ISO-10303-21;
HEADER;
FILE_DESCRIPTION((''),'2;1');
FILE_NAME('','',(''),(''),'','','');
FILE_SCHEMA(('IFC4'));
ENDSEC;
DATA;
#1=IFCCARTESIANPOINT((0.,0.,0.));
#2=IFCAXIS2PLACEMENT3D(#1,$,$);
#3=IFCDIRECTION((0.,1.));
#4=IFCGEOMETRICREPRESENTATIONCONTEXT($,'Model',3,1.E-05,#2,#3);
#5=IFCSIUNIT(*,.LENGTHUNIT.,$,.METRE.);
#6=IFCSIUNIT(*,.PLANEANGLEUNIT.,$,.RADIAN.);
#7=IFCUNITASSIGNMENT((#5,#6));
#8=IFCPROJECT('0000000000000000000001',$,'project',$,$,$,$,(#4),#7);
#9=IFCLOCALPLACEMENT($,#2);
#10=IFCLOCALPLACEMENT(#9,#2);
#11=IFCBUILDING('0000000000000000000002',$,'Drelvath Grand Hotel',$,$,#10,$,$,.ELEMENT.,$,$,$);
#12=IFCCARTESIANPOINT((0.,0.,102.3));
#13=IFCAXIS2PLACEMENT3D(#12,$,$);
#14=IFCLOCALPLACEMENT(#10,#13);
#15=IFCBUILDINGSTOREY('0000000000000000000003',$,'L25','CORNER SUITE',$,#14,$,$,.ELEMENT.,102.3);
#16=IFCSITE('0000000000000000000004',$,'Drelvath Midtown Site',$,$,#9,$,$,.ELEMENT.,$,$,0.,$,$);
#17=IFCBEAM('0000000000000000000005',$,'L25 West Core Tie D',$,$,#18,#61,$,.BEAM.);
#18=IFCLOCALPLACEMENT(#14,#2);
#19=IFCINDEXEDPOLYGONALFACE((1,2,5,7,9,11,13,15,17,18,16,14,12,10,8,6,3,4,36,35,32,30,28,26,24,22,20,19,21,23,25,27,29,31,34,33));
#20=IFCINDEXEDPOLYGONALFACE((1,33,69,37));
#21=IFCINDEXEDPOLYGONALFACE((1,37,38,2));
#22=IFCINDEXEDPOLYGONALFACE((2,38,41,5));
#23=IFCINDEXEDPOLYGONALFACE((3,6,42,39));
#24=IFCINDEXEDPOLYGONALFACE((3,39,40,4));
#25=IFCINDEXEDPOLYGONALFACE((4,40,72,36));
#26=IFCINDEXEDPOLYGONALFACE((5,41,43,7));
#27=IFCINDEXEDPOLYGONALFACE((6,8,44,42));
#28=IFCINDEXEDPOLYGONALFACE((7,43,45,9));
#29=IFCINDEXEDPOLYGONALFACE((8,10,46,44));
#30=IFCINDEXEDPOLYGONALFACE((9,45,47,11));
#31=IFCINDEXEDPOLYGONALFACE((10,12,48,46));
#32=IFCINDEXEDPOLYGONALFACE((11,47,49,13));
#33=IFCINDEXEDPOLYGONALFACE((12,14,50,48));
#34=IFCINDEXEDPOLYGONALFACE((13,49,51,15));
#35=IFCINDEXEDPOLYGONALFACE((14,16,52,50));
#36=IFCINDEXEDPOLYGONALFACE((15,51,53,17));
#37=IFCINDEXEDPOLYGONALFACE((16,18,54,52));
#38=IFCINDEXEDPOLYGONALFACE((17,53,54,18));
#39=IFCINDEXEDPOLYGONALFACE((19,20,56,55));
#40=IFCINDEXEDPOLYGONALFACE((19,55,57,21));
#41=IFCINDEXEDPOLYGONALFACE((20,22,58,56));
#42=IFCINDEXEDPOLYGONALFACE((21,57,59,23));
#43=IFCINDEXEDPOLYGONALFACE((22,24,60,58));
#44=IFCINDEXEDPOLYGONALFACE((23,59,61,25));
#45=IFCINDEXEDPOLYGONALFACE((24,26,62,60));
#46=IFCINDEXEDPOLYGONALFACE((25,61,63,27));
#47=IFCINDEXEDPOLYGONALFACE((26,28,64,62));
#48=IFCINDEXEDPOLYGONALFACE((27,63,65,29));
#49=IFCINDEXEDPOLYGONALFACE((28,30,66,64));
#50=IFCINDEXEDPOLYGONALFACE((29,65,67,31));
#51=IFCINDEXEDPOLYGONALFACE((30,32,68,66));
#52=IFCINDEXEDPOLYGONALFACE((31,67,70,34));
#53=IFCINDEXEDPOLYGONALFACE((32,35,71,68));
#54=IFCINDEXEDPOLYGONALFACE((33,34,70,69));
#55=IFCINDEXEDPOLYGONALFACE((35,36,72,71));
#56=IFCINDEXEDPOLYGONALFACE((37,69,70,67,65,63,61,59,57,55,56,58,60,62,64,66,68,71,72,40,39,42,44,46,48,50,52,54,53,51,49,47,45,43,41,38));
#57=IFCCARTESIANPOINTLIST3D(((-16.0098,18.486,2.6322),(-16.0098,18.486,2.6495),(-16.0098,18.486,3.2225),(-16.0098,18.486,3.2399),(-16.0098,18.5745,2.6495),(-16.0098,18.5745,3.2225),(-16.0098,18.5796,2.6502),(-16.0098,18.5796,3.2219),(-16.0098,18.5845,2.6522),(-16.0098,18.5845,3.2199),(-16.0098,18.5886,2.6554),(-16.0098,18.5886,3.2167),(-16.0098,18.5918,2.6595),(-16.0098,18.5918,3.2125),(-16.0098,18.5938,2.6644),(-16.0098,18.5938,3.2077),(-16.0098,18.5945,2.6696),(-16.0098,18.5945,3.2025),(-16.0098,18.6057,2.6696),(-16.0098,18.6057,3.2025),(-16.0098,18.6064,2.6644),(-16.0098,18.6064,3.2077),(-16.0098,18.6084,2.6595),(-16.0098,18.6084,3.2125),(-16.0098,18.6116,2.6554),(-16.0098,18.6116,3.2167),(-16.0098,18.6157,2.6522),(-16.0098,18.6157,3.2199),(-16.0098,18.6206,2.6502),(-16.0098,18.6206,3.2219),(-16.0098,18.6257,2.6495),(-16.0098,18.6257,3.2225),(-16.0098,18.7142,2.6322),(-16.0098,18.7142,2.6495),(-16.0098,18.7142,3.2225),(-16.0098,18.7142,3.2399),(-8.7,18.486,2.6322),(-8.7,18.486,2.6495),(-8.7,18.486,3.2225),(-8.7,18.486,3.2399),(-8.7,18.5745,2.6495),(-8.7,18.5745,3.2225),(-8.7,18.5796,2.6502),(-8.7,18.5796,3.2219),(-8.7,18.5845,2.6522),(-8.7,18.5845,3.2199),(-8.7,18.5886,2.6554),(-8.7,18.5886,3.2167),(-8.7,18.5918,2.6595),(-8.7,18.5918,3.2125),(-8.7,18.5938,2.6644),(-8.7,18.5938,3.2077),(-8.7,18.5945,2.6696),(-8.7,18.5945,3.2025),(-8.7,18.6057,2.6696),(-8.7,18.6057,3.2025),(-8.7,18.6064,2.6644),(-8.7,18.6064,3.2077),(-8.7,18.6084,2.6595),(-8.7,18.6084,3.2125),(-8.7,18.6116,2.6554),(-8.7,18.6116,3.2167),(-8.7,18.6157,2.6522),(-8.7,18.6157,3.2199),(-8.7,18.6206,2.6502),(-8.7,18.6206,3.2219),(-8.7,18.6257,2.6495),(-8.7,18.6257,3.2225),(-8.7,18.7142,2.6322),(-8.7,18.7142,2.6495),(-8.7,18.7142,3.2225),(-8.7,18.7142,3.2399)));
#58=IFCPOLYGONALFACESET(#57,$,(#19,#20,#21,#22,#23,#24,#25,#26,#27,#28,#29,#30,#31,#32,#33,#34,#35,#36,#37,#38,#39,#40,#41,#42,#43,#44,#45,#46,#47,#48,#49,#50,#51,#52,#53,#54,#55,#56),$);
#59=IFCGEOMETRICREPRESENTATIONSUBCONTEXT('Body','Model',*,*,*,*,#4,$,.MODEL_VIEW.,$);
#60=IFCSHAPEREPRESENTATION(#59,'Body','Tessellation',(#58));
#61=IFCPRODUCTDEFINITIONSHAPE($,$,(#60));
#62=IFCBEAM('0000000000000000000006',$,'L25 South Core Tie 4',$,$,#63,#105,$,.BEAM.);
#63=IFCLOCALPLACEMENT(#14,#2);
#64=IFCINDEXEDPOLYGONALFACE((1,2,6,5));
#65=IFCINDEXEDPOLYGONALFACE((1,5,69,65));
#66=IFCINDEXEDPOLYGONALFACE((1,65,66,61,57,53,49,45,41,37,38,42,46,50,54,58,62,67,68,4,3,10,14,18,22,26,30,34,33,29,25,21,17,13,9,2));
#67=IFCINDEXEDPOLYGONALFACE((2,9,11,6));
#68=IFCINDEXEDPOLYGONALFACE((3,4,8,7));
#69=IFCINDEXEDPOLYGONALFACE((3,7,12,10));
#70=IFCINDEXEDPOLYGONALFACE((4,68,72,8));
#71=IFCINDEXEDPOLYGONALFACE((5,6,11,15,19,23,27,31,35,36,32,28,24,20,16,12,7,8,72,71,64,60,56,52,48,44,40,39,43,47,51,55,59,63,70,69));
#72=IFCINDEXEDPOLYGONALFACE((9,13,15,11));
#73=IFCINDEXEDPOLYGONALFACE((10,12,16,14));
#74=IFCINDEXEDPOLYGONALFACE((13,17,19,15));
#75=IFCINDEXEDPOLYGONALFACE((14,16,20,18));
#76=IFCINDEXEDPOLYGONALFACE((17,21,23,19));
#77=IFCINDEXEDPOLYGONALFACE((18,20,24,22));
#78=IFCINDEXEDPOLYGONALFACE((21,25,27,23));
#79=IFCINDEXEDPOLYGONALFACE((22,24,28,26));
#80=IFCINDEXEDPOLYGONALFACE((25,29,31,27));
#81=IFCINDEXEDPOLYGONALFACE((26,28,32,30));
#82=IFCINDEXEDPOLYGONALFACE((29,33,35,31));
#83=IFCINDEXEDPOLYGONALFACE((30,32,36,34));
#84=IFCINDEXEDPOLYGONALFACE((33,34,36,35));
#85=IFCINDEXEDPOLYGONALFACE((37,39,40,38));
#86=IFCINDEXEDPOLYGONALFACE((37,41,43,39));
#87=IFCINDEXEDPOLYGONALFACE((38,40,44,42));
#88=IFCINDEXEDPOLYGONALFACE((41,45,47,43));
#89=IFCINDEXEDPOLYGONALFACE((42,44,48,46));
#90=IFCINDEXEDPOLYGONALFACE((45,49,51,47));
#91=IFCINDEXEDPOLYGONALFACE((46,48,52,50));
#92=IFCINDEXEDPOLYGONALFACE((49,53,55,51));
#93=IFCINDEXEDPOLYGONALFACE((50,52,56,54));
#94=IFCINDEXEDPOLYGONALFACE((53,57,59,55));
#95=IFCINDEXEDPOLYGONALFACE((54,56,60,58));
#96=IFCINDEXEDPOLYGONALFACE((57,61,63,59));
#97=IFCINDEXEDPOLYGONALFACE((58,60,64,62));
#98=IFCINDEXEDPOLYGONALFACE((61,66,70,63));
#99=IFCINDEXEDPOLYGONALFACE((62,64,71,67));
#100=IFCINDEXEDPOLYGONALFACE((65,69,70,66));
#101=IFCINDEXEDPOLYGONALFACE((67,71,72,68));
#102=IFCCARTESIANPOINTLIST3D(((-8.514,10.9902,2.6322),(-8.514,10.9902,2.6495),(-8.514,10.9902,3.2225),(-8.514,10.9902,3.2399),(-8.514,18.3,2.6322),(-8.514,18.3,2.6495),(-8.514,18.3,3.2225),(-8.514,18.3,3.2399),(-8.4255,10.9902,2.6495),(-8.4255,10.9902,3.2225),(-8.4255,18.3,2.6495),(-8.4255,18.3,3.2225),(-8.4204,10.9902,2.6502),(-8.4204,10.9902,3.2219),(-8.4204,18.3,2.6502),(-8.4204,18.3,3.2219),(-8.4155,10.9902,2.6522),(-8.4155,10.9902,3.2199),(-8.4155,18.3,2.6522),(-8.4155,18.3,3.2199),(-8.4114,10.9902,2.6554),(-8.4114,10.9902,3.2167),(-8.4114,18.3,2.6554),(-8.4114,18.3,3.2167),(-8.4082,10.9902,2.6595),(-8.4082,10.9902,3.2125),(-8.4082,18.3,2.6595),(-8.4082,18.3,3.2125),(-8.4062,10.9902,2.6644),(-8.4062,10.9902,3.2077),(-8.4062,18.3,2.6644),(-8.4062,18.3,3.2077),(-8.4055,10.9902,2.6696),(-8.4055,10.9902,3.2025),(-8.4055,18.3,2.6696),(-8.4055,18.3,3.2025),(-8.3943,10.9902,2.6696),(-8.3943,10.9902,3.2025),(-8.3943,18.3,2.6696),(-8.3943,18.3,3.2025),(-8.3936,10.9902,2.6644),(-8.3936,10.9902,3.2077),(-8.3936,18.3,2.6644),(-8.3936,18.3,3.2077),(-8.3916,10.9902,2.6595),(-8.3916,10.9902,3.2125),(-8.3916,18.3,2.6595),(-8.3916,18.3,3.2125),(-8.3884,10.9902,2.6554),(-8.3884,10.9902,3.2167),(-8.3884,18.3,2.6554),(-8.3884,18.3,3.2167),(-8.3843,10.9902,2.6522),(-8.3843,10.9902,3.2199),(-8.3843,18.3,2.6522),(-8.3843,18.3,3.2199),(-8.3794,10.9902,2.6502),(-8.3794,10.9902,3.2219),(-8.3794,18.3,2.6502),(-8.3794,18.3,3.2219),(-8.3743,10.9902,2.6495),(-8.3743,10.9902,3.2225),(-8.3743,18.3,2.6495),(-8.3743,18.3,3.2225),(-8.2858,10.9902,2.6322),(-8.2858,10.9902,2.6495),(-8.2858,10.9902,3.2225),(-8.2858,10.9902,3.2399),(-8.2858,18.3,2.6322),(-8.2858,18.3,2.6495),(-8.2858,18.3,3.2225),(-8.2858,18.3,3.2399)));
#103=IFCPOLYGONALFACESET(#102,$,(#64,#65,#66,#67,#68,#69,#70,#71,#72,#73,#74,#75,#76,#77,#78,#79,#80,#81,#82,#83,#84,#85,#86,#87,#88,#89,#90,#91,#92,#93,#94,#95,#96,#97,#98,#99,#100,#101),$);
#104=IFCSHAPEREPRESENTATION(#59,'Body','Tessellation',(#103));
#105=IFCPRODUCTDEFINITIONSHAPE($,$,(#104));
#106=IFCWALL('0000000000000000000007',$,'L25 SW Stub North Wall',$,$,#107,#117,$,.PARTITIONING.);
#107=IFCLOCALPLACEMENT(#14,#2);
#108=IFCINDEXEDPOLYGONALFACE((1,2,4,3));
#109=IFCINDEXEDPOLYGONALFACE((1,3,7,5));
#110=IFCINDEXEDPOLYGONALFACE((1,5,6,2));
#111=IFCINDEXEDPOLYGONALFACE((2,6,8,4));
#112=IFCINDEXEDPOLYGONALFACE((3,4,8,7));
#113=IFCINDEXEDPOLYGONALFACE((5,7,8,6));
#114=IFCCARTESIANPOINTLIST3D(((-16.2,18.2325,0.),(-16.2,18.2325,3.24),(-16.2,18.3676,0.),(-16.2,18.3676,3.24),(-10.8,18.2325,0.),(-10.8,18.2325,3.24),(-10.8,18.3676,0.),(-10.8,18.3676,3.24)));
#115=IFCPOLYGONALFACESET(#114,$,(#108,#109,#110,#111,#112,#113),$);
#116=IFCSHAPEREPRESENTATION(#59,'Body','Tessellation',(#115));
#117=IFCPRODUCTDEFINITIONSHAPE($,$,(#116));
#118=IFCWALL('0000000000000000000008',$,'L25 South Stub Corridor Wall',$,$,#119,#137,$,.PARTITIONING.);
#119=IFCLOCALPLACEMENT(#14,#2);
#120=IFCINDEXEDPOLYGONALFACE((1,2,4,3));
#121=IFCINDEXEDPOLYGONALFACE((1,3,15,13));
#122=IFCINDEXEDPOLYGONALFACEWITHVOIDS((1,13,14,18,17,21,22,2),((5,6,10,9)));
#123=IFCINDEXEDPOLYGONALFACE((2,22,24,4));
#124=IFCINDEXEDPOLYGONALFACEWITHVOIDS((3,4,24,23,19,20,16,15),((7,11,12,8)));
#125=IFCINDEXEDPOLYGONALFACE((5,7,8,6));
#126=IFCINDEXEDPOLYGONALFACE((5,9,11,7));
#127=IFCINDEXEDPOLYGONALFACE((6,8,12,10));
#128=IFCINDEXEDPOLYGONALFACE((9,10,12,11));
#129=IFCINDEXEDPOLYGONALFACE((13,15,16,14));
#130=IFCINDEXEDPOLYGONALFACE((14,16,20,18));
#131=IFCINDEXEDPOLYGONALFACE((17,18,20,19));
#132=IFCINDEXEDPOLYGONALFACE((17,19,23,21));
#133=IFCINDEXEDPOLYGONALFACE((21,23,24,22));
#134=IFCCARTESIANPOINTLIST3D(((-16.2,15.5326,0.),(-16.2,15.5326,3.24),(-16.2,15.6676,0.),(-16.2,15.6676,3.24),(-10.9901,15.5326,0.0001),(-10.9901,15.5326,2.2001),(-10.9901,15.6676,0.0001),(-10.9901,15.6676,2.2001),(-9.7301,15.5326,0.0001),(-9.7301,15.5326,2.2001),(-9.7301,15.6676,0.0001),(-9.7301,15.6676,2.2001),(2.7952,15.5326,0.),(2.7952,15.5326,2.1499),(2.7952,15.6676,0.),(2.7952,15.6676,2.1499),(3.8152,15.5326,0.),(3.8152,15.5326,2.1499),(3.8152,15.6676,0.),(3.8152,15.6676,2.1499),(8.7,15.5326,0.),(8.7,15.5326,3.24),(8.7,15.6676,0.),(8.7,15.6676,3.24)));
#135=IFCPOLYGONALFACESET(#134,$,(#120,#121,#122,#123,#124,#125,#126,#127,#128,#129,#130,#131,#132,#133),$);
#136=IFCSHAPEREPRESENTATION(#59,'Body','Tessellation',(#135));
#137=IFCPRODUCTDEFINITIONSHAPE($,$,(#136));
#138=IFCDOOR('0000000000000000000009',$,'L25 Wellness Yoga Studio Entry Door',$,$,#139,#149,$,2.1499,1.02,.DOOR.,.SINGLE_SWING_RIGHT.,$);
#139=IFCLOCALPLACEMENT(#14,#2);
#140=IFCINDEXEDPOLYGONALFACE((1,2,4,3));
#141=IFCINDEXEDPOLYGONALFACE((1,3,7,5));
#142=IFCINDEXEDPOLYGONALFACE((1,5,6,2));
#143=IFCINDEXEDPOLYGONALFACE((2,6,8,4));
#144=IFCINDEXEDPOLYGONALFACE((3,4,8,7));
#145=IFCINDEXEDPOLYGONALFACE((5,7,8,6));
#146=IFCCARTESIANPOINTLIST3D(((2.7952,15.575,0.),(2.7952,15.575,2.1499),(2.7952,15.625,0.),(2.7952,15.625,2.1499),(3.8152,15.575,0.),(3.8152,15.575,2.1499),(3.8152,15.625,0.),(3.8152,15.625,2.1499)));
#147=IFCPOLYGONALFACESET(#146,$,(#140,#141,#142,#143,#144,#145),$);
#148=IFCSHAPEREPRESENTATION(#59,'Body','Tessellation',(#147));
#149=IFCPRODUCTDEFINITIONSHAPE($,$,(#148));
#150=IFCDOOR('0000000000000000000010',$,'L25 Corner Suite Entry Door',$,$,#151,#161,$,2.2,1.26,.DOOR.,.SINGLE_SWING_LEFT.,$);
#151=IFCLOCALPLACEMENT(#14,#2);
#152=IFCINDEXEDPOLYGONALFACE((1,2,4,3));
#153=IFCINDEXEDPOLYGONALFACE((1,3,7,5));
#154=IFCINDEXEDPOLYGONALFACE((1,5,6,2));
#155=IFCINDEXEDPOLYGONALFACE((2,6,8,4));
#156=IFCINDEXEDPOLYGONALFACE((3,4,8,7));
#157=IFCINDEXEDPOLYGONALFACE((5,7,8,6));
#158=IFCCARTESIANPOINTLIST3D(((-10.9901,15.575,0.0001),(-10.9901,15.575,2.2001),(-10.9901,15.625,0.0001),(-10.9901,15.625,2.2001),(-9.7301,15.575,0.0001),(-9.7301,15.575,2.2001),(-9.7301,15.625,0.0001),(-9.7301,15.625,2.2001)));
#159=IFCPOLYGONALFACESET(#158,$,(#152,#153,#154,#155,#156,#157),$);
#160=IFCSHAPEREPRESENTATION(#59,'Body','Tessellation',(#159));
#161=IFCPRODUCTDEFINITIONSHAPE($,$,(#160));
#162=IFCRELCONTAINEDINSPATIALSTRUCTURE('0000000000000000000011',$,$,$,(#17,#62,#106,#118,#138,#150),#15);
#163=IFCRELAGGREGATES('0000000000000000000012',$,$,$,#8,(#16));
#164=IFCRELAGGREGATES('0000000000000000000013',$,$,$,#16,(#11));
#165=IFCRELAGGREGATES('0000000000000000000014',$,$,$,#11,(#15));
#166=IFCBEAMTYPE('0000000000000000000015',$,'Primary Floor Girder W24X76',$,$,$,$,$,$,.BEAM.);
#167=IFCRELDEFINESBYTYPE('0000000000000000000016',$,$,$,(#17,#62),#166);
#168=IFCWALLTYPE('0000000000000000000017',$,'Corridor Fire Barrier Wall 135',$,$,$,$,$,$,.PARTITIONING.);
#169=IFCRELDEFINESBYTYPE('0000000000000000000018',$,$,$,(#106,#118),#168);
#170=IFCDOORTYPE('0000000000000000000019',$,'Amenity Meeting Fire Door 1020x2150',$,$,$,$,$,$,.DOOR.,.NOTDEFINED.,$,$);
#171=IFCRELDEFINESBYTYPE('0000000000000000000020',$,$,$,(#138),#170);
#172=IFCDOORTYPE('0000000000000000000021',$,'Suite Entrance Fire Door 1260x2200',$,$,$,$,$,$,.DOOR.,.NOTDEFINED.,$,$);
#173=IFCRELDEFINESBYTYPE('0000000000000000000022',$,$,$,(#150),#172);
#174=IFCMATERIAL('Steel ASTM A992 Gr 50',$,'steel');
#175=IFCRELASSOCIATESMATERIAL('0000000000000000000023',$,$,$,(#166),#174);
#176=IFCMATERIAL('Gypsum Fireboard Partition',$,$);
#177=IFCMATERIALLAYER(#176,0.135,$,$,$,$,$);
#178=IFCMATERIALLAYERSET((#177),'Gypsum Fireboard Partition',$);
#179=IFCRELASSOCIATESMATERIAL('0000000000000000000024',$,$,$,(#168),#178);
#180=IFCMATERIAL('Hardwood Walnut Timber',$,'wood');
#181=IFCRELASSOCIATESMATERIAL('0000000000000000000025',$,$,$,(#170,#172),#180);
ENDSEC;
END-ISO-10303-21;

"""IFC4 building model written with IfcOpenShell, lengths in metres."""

from ifc_helpers import new_model, si_unit, direction, frame, frame_2d, origin, origin_2d, place, context, subcontext, project, spatial, rectangle, i_section, extrude, material, layer, layer_set, material_profile, profile_set, type_object, element, fill, save


model = new_model("IFC4")

# Units and contexts
model_context = context("Model", 3, precision=1e-05, world=origin(), true_north=direction((0.0, 1.0)))
body_context = subcontext(model_context, "Body", "Model", "MODEL_VIEW")
ifc_project = project(units=[si_unit("LENGTHUNIT", "METRE"), si_unit("PLANEANGLEUNIT", "RADIAN")], contexts=[model_context])

# Site, building, storey
site_placement = place(None, origin())
site = spatial("IfcSite", under=ifc_project, at=site_placement, Name="Drelvath Midtown Site", CompositionType="ELEMENT", RefElevation=0.0)
building_placement = place(site_placement, origin())
building = spatial("IfcBuilding", under=site, at=building_placement, Name="Drelvath Grand Hotel", CompositionType="ELEMENT")
storey_placement = place(building_placement, frame((0.0, 0.0, 102.3)))
storey = spatial("IfcBuildingStorey", under=building, at=storey_placement, Name="L25", Description="CORNER SUITE", CompositionType="ELEMENT", Elevation=102.3)

# Beams
ifc_material_1 = material(Name="Steel ASTM A992 Gr 50", Category="steel")
ifc_material_profile = material_profile(ifc_material_1, i_section(OverallWidth=0.2283, OverallDepth=0.6077, WebThickness=0.0112, FlangeThickness=0.0173, FilletRadius=0.02, at=origin_2d()), Name="W24X76")
ifc_profile_set = profile_set([ifc_material_profile], Name="Steel ASTM A992 Gr 50")
beam_type = type_object("IfcBeamType", Name="Primary Floor Girder W24X76", PredefinedType="BEAM", material=ifc_profile_set)
for number, where, z_axis, x_axis, name in (
    (1, (-16.0098, 18.6001, 2.936), (1.0, 0.0, 0.0), (0.0, 1.0, 0.0), "L25 West Core Tie D"),
    (2, (-8.3999, 10.9902, 2.936), (0.0, 1.0, 0.0), (-1.0, 0.0, 0.0), "L25 South Core Tie 4"),
):
    element("IfcBeam", number, at=place(storey_placement, frame(where, z_axis=z_axis, x_axis=x_axis)), inside=storey, type_object=beam_type, Name=name, PredefinedType="BEAM", context=body_context, shape_type="SweptSolid", body=[
        extrude(i_section(OverallWidth=0.2283, OverallDepth=0.6077, WebThickness=0.0112, FlangeThickness=0.0173, FilletRadius=0.02, at=origin_2d()), origin(), (0.0, 0.0, 1.0), 7.3098),
    ])

# Wall
ifc_material_2 = material(Name="Gypsum Fireboard Partition")
ifc_layer_1 = layer(ifc_material_2, 0.135)
ifc_layer_set_1 = layer_set([ifc_layer_1], Name="Gypsum Fireboard Partition")
wall_type_1 = type_object("IfcWallType", Name="Corridor Fire Barrier Wall 135", PredefinedType="PARTITIONING", material=ifc_layer_set_1)
wall_1_placement = place(storey_placement, frame((-16.2, 18.3, 0.0), z_axis=(0.0, 0.0, 1.0), x_axis=(1.0, 0.0, 0.0)))
element("IfcWall", 3, at=wall_1_placement, inside=storey, type_object=wall_type_1, Name="L25 SW Stub North Wall", PredefinedType="PARTITIONING", context=body_context, shape_type="SweptSolid", body=[
    extrude(rectangle(XDim=5.3999, YDim=0.135, at=frame_2d((2.7, 0.0))), origin(), (0.0, 0.0, 1.0), 3.24),
])

# Wall, openings, doors
wall_2_placement = place(storey_placement, frame((-16.2, 15.6001, 0.0), z_axis=(0.0, 0.0, 1.0), x_axis=(1.0, 0.0, 0.0)))
wall_2 = element("IfcWall", 4, at=wall_2_placement, inside=storey, type_object=wall_type_1, Name="L25 South Stub Corridor Wall", PredefinedType="PARTITIONING", context=body_context, shape_type="SweptSolid", body=[
    extrude(rectangle(XDim=24.8999, YDim=0.135, at=frame_2d((12.45, 0.0))), origin(), (0.0, 0.0, 1.0), 3.24),
])
opening_1_placement = place(wall_2_placement, frame((5.21, 0.0, 0.0)))
opening_1 = element("IfcOpeningElement", 5, at=opening_1_placement, cuts=wall_2, PredefinedType="OPENING", context=body_context, shape_type="SweptSolid", body=[
    extrude(rectangle(XDim=1.26, YDim=2.2, at=frame_2d((0.6299, 1.1001))), frame((0.0, 0.0774, 0.0), z_axis=(0.0, -1.0, 0.0), x_axis=(1.0, 0.0, 0.0)), (0.0, 0.0, 1.0), 0.155),
])
opening_2_placement = place(wall_2_placement, frame((18.9951, 0.0, 0.0)))
opening_2 = element("IfcOpeningElement", 6, at=opening_2_placement, cuts=wall_2, PredefinedType="OPENING", context=body_context, shape_type="SweptSolid", body=[
    extrude(rectangle(XDim=1.02, YDim=2.1499, at=frame_2d((0.51, 1.075))), frame((0.0, 0.0774, 0.0), z_axis=(0.0, -1.0, 0.0), x_axis=(1.0, 0.0, 0.0)), (0.0, 0.0, 1.0), 0.155),
])
ifc_material_3 = material(Name="Hardwood Walnut Timber", Category="wood")
door_type_1 = type_object("IfcDoorType", Name="Amenity Meeting Fire Door 1020x2150", OperationType="NOTDEFINED", PredefinedType="DOOR", material=ifc_material_3)
door_1_placement = place(opening_2_placement, origin())
door_1 = element("IfcDoor", 7, at=door_1_placement, inside=storey, type_object=door_type_1, Name="L25 Wellness Yoga Studio Entry Door", OperationType="SINGLE_SWING_RIGHT", OverallHeight=2.1499, OverallWidth=1.02, PredefinedType="DOOR", context=body_context, shape_type="SweptSolid", body=[
    extrude(rectangle(XDim=1.02, YDim=2.1499, at=frame_2d((0.51, 1.075))), frame((0.0, 0.0249, 0.0), z_axis=(0.0, -1.0, 0.0), x_axis=(1.0, 0.0, 0.0)), (0.0, 0.0, 1.0), 0.05),
])
fill(opening_2, door_1)
door_type_2 = type_object("IfcDoorType", Name="Suite Entrance Fire Door 1260x2200", OperationType="NOTDEFINED", PredefinedType="DOOR", material=ifc_material_3)
door_2_placement = place(opening_1_placement, origin())
door_2 = element("IfcDoor", 8, at=door_2_placement, inside=storey, type_object=door_type_2, Name="L25 Corner Suite Entry Door", OperationType="SINGLE_SWING_LEFT", OverallHeight=2.2, OverallWidth=1.26, PredefinedType="DOOR", context=body_context, shape_type="SweptSolid", body=[
    extrude(rectangle(XDim=1.26, YDim=2.2, at=frame_2d((0.6299, 1.1001))), frame((0.0, 0.0249, 0.0), z_axis=(0.0, -1.0, 0.0), x_axis=(1.0, 0.0, 0.0)), (0.0, 0.0, 1.0), 0.05),
])
fill(opening_1, door_2)

save(model, "model.ifc")
